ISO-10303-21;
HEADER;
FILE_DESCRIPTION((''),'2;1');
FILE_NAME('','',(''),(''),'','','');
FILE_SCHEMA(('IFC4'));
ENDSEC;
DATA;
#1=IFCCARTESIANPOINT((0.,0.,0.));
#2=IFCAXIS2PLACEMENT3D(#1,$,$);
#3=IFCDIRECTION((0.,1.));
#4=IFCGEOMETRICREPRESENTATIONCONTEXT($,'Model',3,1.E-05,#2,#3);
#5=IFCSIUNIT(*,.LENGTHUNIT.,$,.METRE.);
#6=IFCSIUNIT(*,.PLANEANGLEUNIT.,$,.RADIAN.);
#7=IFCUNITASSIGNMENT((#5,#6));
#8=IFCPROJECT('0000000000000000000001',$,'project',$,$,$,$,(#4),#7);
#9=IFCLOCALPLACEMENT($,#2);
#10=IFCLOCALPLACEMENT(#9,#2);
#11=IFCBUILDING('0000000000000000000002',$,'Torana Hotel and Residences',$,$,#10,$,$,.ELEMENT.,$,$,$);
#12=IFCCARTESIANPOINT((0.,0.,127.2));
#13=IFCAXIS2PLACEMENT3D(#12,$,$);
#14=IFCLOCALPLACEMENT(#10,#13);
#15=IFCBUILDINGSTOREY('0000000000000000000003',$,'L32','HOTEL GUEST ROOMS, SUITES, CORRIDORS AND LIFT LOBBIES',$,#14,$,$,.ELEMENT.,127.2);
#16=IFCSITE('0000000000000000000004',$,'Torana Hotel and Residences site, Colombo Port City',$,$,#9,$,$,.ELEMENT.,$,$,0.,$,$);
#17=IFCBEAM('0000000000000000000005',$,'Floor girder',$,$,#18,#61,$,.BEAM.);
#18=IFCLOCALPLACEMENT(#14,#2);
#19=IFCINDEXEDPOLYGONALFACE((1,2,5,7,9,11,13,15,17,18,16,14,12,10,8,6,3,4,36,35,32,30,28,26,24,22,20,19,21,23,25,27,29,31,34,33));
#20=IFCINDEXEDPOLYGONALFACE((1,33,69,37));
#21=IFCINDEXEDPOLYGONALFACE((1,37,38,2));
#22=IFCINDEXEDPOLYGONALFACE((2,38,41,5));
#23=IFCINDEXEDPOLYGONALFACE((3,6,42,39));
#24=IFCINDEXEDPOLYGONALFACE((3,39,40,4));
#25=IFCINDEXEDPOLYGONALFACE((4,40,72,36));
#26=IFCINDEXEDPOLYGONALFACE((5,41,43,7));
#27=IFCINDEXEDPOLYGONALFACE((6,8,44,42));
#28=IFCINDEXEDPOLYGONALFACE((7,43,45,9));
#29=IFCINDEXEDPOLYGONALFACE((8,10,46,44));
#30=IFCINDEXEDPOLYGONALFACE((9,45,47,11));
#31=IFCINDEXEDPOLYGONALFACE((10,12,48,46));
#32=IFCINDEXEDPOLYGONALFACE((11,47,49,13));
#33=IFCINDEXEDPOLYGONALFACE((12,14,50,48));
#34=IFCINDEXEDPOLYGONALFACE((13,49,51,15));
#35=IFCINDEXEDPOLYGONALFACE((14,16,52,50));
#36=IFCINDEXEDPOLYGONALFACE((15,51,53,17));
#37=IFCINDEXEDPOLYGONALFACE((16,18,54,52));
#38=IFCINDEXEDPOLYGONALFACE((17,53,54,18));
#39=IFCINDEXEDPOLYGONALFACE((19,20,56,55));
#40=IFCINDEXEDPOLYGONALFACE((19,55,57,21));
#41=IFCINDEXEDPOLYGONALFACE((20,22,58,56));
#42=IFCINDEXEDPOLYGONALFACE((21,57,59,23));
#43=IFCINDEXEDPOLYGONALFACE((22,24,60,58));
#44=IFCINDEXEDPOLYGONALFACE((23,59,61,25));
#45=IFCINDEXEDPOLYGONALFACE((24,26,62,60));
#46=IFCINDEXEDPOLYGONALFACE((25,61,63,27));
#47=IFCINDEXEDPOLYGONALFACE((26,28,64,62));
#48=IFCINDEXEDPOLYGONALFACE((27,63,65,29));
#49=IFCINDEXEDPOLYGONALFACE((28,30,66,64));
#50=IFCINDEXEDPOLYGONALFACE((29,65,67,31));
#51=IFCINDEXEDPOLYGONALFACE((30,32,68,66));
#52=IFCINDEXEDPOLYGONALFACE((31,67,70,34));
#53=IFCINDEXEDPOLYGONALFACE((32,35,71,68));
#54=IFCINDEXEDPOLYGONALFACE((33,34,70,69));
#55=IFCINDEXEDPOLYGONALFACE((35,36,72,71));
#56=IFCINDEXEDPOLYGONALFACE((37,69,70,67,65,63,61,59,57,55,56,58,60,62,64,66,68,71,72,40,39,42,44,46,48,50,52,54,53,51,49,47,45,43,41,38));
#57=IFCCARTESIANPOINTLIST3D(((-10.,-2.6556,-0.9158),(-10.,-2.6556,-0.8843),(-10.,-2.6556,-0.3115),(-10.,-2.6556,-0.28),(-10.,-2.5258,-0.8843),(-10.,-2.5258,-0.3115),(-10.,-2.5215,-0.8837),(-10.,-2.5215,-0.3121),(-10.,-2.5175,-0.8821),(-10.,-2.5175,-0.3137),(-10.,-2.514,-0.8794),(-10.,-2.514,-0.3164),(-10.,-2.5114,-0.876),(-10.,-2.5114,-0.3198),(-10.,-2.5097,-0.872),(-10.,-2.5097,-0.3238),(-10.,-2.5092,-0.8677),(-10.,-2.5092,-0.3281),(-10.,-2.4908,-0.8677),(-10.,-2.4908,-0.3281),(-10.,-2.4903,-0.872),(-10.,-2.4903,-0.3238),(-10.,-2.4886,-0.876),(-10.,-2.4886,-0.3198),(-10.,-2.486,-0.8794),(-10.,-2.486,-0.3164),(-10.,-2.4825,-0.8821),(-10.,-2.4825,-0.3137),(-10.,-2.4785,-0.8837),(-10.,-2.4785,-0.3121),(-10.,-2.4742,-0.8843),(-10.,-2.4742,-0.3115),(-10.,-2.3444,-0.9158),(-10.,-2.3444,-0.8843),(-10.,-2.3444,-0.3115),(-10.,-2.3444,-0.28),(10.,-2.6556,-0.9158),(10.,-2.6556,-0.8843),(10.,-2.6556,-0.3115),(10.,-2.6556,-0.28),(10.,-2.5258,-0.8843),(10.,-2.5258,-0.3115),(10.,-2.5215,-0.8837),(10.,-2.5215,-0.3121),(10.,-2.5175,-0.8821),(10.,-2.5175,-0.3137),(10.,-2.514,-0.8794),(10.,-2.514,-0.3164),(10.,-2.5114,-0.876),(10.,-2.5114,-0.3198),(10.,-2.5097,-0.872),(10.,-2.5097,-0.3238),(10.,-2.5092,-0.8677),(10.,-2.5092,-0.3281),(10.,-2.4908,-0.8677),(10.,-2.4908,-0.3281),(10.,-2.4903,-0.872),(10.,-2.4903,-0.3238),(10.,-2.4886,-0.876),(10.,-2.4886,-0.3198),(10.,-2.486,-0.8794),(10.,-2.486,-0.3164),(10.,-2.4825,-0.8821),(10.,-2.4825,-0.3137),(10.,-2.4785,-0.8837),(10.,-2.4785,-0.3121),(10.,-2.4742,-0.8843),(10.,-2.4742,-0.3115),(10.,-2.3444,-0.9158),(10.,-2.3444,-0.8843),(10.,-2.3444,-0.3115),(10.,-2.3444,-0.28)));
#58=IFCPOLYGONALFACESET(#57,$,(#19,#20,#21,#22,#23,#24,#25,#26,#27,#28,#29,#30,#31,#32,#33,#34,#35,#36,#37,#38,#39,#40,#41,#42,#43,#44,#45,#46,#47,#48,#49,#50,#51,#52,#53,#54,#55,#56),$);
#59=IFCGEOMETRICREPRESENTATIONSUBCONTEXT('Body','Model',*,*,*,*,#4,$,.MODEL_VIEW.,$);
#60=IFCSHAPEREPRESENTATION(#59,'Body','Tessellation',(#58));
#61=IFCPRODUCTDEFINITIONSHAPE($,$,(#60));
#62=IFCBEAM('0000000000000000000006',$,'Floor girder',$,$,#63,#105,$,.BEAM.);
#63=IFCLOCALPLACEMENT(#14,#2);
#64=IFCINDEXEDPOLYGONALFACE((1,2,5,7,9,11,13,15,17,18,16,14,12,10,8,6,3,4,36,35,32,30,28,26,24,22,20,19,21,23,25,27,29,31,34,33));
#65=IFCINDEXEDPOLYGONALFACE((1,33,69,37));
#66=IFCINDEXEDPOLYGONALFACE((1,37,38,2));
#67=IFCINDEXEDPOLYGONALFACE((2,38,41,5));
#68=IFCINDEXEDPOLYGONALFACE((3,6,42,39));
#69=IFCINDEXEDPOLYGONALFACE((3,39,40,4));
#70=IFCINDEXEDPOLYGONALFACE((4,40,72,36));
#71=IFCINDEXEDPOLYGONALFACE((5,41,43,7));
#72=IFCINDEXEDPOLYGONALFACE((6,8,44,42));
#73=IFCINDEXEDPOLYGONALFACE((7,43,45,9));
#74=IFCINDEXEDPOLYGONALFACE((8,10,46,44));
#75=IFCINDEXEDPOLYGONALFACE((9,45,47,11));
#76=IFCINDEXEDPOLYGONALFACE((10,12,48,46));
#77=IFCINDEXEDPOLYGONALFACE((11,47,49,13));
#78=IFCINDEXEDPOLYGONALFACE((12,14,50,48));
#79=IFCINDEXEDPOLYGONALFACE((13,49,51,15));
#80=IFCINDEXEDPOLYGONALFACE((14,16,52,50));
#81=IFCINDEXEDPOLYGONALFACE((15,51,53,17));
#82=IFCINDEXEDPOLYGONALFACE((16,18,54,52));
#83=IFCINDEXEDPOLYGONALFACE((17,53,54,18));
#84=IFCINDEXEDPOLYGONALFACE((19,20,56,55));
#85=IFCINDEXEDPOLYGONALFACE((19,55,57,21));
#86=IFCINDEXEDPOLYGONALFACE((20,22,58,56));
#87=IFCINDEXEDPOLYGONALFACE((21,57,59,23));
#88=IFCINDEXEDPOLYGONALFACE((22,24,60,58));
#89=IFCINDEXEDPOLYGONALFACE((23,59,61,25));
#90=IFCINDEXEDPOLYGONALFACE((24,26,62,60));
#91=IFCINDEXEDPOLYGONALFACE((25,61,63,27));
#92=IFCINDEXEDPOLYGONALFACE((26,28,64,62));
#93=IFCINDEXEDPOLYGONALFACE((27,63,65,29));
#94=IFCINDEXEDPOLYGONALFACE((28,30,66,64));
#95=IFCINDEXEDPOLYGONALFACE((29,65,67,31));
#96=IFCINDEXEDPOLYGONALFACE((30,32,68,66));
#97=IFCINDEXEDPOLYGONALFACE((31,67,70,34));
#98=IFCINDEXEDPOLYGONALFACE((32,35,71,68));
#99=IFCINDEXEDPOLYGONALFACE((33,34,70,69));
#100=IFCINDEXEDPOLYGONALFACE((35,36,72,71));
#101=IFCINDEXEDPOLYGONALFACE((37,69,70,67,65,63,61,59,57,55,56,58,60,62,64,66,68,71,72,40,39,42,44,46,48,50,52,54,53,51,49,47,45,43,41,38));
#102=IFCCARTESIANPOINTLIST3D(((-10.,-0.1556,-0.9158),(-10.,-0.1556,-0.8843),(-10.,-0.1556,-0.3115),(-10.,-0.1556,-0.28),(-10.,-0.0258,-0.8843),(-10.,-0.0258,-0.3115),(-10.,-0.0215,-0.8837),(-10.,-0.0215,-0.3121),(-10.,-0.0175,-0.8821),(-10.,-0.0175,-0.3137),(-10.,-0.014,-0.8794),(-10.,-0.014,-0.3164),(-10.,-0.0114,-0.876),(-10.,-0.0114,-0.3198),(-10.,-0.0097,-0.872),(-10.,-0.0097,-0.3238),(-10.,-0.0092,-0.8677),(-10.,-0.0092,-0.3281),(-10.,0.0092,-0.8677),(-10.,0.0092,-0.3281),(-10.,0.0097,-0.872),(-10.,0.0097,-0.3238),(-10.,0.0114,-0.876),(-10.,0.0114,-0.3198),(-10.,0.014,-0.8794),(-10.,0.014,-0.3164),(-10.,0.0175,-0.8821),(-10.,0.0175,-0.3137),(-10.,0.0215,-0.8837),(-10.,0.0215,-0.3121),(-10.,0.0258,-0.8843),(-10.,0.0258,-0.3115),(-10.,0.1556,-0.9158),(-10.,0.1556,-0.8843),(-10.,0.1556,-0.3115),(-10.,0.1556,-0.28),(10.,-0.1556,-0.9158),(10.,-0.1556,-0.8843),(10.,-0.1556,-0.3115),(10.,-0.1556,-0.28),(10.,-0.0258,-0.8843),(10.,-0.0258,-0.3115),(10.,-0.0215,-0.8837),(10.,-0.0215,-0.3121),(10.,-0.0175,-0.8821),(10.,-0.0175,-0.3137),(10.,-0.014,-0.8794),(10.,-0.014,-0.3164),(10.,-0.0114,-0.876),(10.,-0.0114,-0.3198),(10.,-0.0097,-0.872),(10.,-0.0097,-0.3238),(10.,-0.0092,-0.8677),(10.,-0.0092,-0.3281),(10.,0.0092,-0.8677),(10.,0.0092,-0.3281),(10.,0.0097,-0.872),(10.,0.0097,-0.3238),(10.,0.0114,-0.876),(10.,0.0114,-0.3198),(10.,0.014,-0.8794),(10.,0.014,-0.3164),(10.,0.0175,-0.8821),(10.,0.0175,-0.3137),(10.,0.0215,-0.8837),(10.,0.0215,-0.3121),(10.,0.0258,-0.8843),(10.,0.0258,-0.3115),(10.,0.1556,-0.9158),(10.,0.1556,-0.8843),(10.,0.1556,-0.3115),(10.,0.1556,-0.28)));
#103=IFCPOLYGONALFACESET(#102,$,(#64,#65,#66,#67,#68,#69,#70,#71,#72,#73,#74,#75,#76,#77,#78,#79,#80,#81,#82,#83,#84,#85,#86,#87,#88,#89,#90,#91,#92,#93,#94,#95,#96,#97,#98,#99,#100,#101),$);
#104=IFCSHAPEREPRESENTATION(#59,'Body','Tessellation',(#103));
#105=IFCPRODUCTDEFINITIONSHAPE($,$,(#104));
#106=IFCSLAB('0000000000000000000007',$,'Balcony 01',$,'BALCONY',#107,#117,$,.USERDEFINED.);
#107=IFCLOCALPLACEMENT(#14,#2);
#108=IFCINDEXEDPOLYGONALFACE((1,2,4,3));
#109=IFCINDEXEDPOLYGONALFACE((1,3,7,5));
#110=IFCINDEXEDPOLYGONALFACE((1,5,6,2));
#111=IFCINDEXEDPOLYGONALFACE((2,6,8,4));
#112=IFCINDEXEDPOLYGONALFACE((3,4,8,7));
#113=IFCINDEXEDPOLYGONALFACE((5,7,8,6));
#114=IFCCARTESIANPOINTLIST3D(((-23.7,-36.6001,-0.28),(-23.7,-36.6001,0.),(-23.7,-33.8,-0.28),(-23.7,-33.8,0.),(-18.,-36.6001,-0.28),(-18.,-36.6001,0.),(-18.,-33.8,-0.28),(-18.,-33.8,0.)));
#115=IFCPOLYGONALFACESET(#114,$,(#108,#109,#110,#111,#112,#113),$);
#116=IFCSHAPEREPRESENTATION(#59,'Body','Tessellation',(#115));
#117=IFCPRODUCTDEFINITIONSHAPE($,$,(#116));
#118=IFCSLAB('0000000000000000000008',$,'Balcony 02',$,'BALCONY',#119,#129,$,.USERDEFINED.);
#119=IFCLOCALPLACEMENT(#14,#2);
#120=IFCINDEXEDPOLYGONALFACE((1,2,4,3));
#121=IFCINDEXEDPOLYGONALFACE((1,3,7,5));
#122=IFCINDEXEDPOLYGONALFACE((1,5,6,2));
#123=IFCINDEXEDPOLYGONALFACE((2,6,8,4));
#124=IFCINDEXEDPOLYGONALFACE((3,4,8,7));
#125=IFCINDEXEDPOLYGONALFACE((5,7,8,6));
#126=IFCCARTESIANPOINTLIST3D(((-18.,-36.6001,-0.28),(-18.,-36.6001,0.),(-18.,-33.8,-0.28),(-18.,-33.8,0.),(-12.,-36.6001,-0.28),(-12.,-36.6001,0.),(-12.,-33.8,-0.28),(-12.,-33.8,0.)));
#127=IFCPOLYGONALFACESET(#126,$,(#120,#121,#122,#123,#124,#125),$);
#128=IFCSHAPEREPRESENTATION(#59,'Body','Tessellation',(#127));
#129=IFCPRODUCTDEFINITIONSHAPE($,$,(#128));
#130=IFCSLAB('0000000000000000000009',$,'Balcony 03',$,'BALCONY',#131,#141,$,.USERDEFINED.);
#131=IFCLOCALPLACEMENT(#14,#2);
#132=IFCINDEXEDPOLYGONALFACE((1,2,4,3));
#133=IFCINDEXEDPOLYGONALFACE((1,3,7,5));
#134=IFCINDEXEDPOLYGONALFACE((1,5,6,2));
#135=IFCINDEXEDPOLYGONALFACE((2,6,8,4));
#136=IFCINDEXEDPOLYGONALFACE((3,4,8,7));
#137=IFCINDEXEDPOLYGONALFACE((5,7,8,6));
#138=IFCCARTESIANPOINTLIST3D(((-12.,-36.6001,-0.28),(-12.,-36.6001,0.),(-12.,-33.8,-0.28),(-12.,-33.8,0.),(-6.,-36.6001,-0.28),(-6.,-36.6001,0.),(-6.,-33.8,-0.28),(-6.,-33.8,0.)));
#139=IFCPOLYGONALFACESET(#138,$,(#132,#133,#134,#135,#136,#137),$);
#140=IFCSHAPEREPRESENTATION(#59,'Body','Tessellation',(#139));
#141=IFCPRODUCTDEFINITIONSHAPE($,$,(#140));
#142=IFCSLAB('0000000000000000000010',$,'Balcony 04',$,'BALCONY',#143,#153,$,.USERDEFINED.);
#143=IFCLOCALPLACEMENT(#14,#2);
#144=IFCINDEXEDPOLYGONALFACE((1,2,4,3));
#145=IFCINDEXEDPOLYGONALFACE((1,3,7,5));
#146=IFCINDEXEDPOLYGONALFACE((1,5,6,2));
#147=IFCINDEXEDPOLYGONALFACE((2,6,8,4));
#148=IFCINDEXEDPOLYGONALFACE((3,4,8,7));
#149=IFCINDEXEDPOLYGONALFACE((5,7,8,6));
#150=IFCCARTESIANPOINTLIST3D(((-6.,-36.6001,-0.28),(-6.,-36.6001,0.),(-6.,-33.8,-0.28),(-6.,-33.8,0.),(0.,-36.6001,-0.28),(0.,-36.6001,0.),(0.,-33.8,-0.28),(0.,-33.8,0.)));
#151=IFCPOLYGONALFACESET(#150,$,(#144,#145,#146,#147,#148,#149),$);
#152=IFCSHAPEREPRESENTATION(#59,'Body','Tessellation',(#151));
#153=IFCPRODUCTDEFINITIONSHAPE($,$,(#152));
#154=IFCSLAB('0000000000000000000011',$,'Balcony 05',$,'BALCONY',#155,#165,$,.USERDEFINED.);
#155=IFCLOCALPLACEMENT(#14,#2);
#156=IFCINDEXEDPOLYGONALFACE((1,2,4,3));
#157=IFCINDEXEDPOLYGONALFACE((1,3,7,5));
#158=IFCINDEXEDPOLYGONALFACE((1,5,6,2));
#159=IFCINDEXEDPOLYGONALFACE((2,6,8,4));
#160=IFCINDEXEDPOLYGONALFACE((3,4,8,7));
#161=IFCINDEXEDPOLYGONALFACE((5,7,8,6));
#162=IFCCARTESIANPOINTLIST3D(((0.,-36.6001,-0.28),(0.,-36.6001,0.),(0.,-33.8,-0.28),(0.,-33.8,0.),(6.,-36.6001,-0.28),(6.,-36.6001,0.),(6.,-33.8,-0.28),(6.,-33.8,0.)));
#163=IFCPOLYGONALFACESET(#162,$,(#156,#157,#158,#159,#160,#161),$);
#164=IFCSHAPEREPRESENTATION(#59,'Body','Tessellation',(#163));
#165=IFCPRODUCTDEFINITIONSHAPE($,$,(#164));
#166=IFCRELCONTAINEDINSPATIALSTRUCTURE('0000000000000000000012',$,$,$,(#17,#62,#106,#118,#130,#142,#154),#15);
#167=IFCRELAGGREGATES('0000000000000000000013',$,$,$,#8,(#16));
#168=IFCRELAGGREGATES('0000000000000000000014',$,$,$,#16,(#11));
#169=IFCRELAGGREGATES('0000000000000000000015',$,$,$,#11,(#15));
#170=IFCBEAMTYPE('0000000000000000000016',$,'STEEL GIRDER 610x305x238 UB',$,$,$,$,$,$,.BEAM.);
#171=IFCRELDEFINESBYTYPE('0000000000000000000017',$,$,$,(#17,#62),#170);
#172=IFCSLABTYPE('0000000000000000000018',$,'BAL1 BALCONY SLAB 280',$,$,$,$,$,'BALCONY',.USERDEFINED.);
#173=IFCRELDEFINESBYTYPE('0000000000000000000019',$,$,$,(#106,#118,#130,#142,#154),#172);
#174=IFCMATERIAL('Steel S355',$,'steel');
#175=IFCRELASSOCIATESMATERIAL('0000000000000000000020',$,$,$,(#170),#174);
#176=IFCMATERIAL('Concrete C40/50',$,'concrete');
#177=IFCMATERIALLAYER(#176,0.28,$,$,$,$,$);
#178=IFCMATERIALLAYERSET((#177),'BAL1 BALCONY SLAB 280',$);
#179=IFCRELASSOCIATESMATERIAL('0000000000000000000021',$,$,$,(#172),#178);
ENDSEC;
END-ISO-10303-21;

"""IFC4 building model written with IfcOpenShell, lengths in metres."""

from ifc_helpers import new_model, si_unit, direction, frame, origin, origin_2d, place, context, subcontext, project, spatial, polyline, i_section, outline, extrude, material, layer, layer_set, material_profile, profile_set, type_object, element, save


model = new_model("IFC4")

# Units and contexts
model_context = context("Model", 3, precision=1e-05, world=origin(), true_north=direction((0.0, 1.0)))
body_context = subcontext(model_context, "Body", "Model", "MODEL_VIEW")
ifc_project = project(units=[si_unit("LENGTHUNIT", "METRE"), si_unit("PLANEANGLEUNIT", "RADIAN")], contexts=[model_context])

# Site, building, storey
site_placement = place(None, origin())
site = spatial("IfcSite", under=ifc_project, at=site_placement, Name="Torana Hotel and Residences site, Colombo Port City", CompositionType="ELEMENT", RefElevation=0.0)
building_placement = place(site_placement, origin())
building = spatial("IfcBuilding", under=site, at=building_placement, Name="Torana Hotel and Residences", CompositionType="ELEMENT")
storey_placement = place(building_placement, frame((0.0, 0.0, 127.2)))
storey = spatial("IfcBuildingStorey", under=building, at=storey_placement, Name="L32", Description="HOTEL GUEST ROOMS, SUITES, CORRIDORS AND LIFT LOBBIES", CompositionType="ELEMENT", Elevation=127.2)

# Beams
ifc_material_1 = material(Name="Steel S355", Category="steel")
ifc_material_profile = material_profile(ifc_material_1, i_section(OverallWidth=0.3113, OverallDepth=0.6357, WebThickness=0.0183, FlangeThickness=0.0315, FilletRadius=0.0166, at=origin_2d()), Name="610x305x238 UB")
ifc_profile_set = profile_set([ifc_material_profile], Name="Steel S355")
beam_type = type_object("IfcBeamType", Name="STEEL GIRDER 610x305x238 UB", PredefinedType="BEAM", material=ifc_profile_set)
for number, where, z_axis, x_axis, name in (
    (1, (-10.0, -2.5, -0.5979), (1.0, 0.0, 0.0), (0.0, 1.0, 0.0), "Floor girder"),
    (2, (-10.0, 0.0, -0.5979), (1.0, 0.0, 0.0), (0.0, 1.0, 0.0), "Floor girder"),
):
    element("IfcBeam", number, at=place(storey_placement, frame(where, z_axis=z_axis, x_axis=x_axis)), inside=storey, type_object=beam_type, Name=name, PredefinedType="BEAM", context=body_context, shape_type="SweptSolid", body=[
        extrude(i_section(OverallWidth=0.3113, OverallDepth=0.6357, WebThickness=0.0183, FlangeThickness=0.0315, FilletRadius=0.0166, at=origin_2d()), origin(), (0.0, 0.0, 1.0), 20.0),
    ])

# Slabs
ifc_material_2 = material(Name="Concrete C40/50", Category="concrete")
ifc_layer_1 = layer(ifc_material_2, 0.28)
ifc_layer_set_1 = layer_set([ifc_layer_1], Name="BAL1 BALCONY SLAB 280")
slab_type_1 = type_object("IfcSlabType", Name="BAL1 BALCONY SLAB 280", ElementType="BALCONY", PredefinedType="USERDEFINED", material=ifc_layer_set_1)
slab_1_placement = place(storey_placement, frame((0.0, 0.0, -0.28)))
element("IfcSlab", 3, at=slab_1_placement, inside=storey, type_object=slab_type_1, Name="Balcony 01", ObjectType="BALCONY", PredefinedType="USERDEFINED", context=body_context, shape_type="SweptSolid", body=[
    extrude(outline(polyline([(-23.7, -36.6001), (-18.0, -36.6001), (-18.0, -33.8), (-23.7, -33.8), (-23.7, -36.6001)])), origin(), (0.0, 0.0, 1.0), 0.28),
])
slab_2_placement = place(storey_placement, frame((0.0, 0.0, -0.28)))
element("IfcSlab", 4, at=slab_2_placement, inside=storey, type_object=slab_type_1, Name="Balcony 02", ObjectType="BALCONY", PredefinedType="USERDEFINED", context=body_context, shape_type="SweptSolid", body=[
    extrude(outline(polyline([(-18.0, -36.6001), (-12.0, -36.6001), (-12.0, -33.8), (-18.0, -33.8), (-18.0, -36.6001)])), origin(), (0.0, 0.0, 1.0), 0.28),
])
slab_3_placement = place(storey_placement, frame((0.0, 0.0, -0.28)))
element("IfcSlab", 5, at=slab_3_placement, inside=storey, type_object=slab_type_1, Name="Balcony 03", ObjectType="BALCONY", PredefinedType="USERDEFINED", context=body_context, shape_type="SweptSolid", body=[
    extrude(outline(polyline([(-12.0, -36.6001), (-6.0, -36.6001), (-6.0, -33.8), (-12.0, -33.8), (-12.0, -36.6001)])), origin(), (0.0, 0.0, 1.0), 0.28),
])
slab_4_placement = place(storey_placement, frame((0.0, 0.0, -0.28)))
element("IfcSlab", 6, at=slab_4_placement, inside=storey, type_object=slab_type_1, Name="Balcony 04", ObjectType="BALCONY", PredefinedType="USERDEFINED", context=body_context, shape_type="SweptSolid", body=[
    extrude(outline(polyline([(-6.0, -36.6001), (0.0, -36.6001), (0.0, -33.8), (-6.0, -33.8), (-6.0, -36.6001)])), origin(), (0.0, 0.0, 1.0), 0.28),
])
slab_5_placement = place(storey_placement, frame((0.0, 0.0, -0.28)))
element("IfcSlab", 7, at=slab_5_placement, inside=storey, type_object=slab_type_1, Name="Balcony 05", ObjectType="BALCONY", PredefinedType="USERDEFINED", context=body_context, shape_type="SweptSolid", body=[
    extrude(outline(polyline([(0.0, -36.6001), (6.0, -36.6001), (6.0, -33.8), (0.0, -33.8), (0.0, -36.6001)])), origin(), (0.0, 0.0, 1.0), 0.28),
])

save(model, "model.ifc")
